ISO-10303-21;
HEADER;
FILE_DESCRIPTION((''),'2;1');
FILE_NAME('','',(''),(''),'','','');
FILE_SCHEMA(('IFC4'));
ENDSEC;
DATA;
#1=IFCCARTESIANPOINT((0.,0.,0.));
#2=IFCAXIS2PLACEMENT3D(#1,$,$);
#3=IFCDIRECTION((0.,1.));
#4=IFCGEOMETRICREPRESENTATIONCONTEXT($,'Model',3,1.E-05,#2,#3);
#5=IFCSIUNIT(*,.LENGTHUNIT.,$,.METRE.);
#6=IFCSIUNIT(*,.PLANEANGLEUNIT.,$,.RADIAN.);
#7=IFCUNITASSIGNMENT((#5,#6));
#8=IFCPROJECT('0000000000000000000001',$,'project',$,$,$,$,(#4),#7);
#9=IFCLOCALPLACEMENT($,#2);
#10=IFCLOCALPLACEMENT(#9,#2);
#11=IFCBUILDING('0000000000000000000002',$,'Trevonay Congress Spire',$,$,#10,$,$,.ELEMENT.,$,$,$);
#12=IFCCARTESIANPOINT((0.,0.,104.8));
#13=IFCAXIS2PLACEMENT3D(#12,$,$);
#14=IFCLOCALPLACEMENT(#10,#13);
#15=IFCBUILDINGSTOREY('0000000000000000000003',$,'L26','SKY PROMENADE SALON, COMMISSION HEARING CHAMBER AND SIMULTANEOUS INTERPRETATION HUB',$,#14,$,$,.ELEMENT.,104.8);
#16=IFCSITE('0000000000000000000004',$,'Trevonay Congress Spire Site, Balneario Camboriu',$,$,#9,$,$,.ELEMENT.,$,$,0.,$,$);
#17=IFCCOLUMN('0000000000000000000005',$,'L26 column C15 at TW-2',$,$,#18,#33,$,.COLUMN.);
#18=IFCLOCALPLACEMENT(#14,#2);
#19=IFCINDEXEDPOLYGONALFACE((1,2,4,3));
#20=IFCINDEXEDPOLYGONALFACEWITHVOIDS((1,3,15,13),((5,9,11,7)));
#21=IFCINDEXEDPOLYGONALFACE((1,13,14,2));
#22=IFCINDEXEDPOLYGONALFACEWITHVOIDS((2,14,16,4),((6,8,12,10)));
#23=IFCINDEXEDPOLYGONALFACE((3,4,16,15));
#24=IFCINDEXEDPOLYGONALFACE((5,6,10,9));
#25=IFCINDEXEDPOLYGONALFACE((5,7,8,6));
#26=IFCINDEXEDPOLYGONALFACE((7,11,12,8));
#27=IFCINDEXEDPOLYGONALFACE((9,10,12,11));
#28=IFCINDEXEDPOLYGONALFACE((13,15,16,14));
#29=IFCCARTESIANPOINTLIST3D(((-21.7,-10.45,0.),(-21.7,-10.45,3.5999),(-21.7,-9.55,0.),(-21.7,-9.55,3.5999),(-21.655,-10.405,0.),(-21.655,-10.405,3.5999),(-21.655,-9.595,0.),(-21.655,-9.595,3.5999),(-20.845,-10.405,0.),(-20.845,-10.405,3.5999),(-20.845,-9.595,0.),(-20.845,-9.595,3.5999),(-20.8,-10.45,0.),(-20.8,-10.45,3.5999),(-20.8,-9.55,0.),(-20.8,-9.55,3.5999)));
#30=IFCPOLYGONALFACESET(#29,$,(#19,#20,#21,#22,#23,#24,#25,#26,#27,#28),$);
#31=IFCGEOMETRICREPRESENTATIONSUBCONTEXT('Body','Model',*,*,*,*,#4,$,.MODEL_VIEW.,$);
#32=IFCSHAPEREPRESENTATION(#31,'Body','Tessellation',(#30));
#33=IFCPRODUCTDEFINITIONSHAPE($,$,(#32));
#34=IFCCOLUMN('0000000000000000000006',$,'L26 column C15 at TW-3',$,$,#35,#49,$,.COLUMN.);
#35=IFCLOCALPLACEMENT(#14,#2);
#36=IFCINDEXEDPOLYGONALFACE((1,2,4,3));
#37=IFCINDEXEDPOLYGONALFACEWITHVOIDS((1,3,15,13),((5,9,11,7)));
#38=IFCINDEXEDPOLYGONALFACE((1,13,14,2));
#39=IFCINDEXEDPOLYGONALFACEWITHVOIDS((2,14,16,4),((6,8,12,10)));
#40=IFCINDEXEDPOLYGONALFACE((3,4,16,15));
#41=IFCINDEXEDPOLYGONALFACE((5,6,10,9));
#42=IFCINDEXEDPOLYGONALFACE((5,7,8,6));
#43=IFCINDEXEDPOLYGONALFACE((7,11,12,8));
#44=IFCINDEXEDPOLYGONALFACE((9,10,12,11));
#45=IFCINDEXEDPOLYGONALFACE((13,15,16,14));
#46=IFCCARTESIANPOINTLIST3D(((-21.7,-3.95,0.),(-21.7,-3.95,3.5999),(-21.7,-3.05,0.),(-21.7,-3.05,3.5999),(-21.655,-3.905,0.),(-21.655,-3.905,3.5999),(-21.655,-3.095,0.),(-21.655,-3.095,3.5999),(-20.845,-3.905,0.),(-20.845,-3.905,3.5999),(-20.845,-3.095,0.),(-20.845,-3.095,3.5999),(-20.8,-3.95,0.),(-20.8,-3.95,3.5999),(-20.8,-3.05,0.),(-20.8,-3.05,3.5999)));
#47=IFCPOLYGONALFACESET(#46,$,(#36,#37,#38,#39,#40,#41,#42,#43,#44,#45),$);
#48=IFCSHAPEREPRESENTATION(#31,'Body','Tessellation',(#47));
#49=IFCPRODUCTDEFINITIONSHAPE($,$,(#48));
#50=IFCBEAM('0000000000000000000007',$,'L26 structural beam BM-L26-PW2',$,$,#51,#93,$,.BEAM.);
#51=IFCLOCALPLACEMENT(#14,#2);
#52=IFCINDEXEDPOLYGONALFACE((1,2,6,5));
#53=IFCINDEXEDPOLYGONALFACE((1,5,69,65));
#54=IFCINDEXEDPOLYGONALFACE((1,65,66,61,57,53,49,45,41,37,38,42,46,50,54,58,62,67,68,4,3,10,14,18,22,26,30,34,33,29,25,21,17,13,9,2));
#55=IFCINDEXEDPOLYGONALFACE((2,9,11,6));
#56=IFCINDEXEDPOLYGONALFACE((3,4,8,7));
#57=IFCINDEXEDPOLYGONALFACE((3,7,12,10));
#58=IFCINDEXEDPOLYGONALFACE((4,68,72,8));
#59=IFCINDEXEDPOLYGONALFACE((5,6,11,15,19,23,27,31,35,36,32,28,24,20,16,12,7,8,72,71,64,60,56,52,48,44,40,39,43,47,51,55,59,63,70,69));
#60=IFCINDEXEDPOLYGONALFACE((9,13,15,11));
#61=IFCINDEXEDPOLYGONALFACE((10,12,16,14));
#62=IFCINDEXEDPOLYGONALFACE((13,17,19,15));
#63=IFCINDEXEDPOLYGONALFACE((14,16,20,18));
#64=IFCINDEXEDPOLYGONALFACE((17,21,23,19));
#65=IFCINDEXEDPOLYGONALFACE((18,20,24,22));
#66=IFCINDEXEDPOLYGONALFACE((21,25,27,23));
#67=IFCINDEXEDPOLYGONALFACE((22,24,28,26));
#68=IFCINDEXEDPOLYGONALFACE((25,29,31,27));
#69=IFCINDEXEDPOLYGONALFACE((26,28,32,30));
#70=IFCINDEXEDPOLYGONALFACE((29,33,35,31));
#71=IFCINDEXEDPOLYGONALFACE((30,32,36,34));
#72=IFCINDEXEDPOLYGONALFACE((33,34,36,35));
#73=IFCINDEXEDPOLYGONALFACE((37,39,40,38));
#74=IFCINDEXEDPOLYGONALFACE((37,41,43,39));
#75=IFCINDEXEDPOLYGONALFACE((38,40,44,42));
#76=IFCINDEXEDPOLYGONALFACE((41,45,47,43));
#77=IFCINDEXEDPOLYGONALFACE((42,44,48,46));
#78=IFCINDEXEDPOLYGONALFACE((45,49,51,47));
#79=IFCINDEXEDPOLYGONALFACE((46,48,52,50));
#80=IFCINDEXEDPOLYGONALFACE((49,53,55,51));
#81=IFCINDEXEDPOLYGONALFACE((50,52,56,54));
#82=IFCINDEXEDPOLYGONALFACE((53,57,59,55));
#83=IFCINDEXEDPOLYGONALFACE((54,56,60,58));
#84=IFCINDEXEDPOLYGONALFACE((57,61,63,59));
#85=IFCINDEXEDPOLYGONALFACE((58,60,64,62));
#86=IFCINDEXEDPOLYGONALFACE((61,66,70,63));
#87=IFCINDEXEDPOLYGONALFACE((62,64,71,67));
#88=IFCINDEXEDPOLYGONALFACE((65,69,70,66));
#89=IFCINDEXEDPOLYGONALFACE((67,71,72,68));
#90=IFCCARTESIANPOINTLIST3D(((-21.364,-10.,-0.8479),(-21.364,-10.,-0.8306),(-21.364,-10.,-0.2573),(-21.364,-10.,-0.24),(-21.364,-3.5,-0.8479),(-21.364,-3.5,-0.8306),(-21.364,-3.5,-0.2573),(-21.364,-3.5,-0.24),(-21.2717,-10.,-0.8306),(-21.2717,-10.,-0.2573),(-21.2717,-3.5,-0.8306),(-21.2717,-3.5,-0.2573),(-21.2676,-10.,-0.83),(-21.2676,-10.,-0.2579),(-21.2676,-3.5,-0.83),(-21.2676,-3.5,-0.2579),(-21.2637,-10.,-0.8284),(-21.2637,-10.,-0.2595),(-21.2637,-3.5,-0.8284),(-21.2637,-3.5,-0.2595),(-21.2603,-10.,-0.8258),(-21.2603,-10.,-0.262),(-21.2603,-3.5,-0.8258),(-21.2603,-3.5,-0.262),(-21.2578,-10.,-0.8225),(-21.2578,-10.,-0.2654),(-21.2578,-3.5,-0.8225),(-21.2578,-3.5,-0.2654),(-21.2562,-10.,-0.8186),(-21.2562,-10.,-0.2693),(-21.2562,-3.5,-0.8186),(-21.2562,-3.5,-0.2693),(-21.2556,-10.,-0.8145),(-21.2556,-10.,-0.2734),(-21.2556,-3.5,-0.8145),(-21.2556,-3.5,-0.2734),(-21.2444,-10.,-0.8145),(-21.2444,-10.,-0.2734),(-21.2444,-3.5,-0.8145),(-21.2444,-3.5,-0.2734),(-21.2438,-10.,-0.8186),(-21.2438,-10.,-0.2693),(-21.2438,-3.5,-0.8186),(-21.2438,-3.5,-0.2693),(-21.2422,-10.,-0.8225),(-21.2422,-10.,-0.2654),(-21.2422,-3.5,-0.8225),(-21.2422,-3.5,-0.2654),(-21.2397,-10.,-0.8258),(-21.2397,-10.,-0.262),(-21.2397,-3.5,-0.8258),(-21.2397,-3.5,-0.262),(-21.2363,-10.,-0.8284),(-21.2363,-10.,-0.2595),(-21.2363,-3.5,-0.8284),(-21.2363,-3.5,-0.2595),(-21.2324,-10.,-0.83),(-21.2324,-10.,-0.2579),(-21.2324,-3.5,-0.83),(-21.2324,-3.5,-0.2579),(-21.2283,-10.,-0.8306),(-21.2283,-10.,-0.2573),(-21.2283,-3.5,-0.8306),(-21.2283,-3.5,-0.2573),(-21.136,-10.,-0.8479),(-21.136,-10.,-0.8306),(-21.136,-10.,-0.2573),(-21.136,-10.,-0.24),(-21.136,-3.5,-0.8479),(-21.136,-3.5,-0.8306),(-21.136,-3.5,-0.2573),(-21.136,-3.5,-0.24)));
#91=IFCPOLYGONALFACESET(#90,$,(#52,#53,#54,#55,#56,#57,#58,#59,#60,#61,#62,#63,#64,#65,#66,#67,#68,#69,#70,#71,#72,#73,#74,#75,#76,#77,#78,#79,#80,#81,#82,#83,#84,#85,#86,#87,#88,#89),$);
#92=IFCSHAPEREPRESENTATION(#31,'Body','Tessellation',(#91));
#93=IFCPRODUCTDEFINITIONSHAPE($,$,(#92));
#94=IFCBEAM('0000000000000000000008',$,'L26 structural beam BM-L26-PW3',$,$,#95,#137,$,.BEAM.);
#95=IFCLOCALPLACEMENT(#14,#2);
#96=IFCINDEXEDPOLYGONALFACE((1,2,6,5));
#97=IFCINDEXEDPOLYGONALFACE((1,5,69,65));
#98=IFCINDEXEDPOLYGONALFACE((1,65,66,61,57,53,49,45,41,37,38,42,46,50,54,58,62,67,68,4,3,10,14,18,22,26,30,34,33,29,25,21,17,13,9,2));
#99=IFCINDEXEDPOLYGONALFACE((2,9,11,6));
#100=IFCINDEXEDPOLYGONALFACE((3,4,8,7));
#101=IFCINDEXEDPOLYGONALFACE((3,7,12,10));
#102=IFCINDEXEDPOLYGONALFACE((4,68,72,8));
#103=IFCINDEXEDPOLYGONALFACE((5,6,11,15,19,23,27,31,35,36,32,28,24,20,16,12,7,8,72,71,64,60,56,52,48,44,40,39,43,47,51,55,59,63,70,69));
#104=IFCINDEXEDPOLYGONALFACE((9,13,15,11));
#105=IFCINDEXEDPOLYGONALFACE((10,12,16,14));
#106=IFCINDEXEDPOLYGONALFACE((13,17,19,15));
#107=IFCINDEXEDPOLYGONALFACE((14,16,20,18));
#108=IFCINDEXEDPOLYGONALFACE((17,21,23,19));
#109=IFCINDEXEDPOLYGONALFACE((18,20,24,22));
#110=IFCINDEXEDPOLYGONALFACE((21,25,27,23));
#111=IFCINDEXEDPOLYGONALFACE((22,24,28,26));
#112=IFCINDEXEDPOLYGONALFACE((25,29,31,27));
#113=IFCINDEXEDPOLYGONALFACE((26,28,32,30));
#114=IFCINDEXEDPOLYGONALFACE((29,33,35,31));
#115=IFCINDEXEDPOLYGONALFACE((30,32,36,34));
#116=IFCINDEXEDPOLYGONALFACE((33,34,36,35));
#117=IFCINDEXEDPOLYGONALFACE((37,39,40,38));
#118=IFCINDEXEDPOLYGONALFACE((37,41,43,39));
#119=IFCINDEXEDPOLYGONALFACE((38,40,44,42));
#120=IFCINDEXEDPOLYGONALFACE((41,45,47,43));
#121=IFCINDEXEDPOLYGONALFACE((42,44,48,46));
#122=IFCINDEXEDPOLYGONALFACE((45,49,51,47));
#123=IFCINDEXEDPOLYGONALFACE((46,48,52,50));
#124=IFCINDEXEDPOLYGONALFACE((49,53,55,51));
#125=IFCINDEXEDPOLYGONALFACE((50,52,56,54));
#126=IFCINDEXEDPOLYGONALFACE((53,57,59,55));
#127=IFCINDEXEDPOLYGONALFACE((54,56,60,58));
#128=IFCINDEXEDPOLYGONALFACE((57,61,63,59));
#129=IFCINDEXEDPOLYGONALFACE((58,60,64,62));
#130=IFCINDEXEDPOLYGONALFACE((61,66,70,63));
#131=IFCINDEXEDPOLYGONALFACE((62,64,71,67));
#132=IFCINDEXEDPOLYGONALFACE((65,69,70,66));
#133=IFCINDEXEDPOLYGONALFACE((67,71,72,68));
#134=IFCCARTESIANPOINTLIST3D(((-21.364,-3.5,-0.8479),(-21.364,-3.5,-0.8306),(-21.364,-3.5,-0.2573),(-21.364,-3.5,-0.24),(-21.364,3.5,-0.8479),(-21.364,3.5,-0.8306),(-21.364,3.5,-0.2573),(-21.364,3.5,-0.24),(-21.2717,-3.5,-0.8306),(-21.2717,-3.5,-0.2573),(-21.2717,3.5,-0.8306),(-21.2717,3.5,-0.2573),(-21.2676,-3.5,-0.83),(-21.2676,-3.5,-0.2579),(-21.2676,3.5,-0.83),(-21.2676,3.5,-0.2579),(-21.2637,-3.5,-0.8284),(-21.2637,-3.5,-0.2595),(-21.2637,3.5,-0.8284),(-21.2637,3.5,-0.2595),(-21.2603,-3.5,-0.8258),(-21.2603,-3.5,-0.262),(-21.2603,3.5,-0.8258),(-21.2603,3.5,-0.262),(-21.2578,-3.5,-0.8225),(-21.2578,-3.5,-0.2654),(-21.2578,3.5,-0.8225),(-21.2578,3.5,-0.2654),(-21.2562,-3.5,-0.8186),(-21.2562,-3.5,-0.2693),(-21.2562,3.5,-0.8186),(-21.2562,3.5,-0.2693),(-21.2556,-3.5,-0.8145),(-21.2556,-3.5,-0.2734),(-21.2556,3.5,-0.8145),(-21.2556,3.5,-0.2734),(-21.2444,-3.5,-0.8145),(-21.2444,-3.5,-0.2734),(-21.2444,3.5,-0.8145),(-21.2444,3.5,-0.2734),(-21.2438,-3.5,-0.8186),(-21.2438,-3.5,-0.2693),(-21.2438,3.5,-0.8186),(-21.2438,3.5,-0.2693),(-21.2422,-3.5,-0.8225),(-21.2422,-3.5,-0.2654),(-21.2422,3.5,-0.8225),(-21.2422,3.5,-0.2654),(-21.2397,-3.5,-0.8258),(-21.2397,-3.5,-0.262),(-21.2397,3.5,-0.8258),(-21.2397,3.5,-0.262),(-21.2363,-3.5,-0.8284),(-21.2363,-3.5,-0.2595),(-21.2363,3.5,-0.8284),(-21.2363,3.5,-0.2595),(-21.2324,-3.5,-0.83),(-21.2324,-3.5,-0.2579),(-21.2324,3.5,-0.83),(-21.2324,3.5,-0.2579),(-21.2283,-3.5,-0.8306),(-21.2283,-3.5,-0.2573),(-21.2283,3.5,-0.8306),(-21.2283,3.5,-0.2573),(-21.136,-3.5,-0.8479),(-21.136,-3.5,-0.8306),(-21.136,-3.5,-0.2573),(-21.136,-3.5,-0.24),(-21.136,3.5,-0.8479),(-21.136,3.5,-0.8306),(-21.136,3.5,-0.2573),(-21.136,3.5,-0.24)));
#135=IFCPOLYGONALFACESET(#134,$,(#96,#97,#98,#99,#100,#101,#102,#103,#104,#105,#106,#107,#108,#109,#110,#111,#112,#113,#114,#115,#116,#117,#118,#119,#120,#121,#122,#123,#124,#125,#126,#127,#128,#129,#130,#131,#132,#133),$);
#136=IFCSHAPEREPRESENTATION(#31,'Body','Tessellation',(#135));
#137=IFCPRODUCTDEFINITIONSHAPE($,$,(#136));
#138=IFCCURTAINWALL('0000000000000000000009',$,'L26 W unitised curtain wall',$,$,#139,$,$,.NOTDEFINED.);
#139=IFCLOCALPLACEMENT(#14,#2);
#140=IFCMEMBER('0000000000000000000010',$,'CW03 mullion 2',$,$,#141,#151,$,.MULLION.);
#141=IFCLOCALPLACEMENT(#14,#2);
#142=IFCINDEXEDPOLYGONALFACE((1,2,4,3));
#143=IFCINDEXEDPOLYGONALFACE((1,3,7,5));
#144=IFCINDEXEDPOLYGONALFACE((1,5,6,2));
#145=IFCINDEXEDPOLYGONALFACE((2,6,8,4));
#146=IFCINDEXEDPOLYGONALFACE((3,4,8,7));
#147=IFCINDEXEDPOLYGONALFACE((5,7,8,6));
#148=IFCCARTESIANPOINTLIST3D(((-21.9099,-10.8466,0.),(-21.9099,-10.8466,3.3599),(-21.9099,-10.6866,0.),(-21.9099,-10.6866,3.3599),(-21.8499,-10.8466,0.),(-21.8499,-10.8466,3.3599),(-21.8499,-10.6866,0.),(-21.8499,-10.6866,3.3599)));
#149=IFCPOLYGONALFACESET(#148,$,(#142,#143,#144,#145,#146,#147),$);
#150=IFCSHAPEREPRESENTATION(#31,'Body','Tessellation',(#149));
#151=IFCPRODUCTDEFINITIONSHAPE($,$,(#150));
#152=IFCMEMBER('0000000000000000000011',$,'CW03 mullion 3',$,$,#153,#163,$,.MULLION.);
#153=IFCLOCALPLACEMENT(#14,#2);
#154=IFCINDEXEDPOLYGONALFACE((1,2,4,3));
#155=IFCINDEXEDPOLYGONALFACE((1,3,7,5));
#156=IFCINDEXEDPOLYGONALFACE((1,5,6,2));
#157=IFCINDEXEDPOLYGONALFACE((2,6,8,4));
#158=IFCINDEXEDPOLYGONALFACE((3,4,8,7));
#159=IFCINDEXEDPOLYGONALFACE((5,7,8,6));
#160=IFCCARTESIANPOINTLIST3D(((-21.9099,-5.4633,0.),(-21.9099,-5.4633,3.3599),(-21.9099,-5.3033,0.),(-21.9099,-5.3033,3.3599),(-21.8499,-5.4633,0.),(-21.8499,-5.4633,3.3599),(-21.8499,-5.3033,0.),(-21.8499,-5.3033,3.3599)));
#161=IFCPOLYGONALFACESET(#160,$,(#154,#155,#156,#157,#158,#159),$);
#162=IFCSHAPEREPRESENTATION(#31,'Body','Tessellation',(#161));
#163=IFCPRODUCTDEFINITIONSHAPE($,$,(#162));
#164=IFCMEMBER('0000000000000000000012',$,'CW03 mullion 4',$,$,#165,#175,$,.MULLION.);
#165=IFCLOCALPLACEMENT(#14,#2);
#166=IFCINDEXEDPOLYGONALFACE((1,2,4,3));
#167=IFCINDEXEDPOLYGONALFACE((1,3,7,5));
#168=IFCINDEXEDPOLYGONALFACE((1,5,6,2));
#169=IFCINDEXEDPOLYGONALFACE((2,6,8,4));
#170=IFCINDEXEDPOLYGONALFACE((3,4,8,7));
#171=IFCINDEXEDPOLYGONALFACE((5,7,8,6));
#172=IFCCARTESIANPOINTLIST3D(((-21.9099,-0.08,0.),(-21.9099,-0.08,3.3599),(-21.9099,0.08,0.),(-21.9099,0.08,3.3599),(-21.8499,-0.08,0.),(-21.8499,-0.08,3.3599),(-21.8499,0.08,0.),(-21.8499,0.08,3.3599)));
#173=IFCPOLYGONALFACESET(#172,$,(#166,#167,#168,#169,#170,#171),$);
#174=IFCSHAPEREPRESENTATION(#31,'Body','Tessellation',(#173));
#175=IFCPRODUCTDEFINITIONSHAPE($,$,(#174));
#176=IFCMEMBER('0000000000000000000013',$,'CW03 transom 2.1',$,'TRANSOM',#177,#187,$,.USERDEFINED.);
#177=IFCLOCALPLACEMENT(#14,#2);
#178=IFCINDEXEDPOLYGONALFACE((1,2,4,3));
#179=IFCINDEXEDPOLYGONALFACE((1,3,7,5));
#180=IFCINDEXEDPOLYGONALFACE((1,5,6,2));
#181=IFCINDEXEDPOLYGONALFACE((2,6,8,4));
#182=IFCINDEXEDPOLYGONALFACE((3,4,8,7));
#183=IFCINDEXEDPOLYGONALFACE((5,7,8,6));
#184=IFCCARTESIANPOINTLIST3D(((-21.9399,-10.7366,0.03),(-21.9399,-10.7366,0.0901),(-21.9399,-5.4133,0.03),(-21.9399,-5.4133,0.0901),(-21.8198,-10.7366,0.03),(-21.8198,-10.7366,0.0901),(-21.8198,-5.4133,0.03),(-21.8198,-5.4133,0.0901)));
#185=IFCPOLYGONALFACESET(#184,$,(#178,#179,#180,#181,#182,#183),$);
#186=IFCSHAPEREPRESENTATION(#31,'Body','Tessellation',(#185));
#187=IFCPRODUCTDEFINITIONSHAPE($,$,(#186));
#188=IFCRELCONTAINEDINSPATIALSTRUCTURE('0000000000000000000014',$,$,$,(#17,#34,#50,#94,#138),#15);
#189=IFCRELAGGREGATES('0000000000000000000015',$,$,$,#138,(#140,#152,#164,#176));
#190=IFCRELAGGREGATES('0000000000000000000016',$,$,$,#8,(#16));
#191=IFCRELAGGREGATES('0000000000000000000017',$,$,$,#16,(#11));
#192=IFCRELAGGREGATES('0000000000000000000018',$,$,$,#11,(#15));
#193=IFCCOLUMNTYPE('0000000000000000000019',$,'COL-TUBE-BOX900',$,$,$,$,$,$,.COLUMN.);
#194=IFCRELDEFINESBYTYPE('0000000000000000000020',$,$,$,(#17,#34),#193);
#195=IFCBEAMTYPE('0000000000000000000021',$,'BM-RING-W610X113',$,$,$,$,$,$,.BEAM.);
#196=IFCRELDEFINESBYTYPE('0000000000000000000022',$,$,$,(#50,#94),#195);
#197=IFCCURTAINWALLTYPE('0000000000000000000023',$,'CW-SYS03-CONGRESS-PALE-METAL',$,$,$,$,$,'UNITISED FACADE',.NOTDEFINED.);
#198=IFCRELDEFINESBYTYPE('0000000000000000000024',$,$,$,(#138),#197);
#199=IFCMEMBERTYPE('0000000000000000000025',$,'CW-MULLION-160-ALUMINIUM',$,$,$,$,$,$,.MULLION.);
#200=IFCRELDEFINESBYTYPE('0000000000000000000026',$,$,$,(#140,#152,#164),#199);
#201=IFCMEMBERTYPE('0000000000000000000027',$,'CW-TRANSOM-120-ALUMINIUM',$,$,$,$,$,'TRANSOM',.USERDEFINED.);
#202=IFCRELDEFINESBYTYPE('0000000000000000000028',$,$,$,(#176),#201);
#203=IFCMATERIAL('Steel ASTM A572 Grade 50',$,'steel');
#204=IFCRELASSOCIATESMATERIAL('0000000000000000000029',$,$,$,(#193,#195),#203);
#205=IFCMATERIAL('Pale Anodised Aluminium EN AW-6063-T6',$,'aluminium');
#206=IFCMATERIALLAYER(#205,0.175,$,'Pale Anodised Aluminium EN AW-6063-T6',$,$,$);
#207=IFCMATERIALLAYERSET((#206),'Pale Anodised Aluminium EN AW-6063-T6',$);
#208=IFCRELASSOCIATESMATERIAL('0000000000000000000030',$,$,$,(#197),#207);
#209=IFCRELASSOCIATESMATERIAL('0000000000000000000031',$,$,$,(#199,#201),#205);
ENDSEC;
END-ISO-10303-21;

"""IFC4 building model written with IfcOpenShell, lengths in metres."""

from ifc_helpers import new_model, si_unit, direction, frame, origin, origin_2d, place, context, subcontext, project, spatial, rectangle, hollow_rectangle, i_section, extrude, material, layer, layer_set, material_profile, profile_set, type_object, element, aggregate, save


model = new_model("IFC4")

# Units and contexts
model_context = context("Model", 3, precision=1e-05, world=origin(), true_north=direction((0.0, 1.0)))
body_context = subcontext(model_context, "Body", "Model", "MODEL_VIEW")
ifc_project = project(units=[si_unit("LENGTHUNIT", "METRE"), si_unit("PLANEANGLEUNIT", "RADIAN")], contexts=[model_context])

# Site, building, storey
site_placement = place(None, origin())
site = spatial("IfcSite", under=ifc_project, at=site_placement, Name="Trevonay Congress Spire Site, Balneario Camboriu", CompositionType="ELEMENT", RefElevation=0.0)
building_placement = place(site_placement, origin())
building = spatial("IfcBuilding", under=site, at=building_placement, Name="Trevonay Congress Spire", CompositionType="ELEMENT")
storey_placement = place(building_placement, frame((0.0, 0.0, 104.8)))
storey = spatial("IfcBuildingStorey", under=building, at=storey_placement, Name="L26", Description="SKY PROMENADE SALON, COMMISSION HEARING CHAMBER AND SIMULTANEOUS INTERPRETATION HUB", CompositionType="ELEMENT", Elevation=104.8)

# Columns
ifc_material_1 = material(Name="Steel ASTM A572 Grade 50", Category="steel")
ifc_material_profile_1 = material_profile(ifc_material_1, hollow_rectangle(XDim=0.8999, YDim=0.8999, WallThickness=0.0449, at=origin_2d()), Name="BOX 900x900x45")
ifc_profile_set_1 = profile_set([ifc_material_profile_1], Name="Steel ASTM A572 Grade 50")
column_type = type_object("IfcColumnType", Name="COL-TUBE-BOX900", PredefinedType="COLUMN", material=ifc_profile_set_1)
for number, where, z_axis, x_axis, name in (
    (1, (-21.25, -10.0, 0.0), (0.0, 0.0, 1.0), (1.0, 0.0, 0.0), "L26 column C15 at TW-2"),
    (2, (-21.25, -3.5, 0.0), (0.0, 0.0, 1.0), (1.0, 0.0, 0.0), "L26 column C15 at TW-3"),
):
    element("IfcColumn", number, at=place(storey_placement, frame(where, z_axis=z_axis, x_axis=x_axis)), inside=storey, type_object=column_type, Name=name, PredefinedType="COLUMN", context=body_context, shape_type="SweptSolid", body=[
        extrude(hollow_rectangle(XDim=0.8999, YDim=0.8999, WallThickness=0.0449, at=origin_2d()), origin(), (0.0, 0.0, 1.0), 3.5999),
    ])

# Beams
ifc_material_profile_2 = material_profile(ifc_material_1, i_section(OverallWidth=0.228, OverallDepth=0.6079, WebThickness=0.0112, FlangeThickness=0.0173, FilletRadius=0.0161, at=origin_2d()), Name="W610x113")
ifc_profile_set_2 = profile_set([ifc_material_profile_2], Name="Steel ASTM A572 Grade 50")
beam_type = type_object("IfcBeamType", Name="BM-RING-W610X113", PredefinedType="BEAM", material=ifc_profile_set_2)
beam_1_placement = place(storey_placement, frame((-21.25, -10.0, -0.5439), z_axis=(0.0, 1.0, 0.0), x_axis=(-1.0, 0.0, 0.0)))
element("IfcBeam", 3, at=beam_1_placement, inside=storey, type_object=beam_type, Name="L26 structural beam BM-L26-PW2", PredefinedType="BEAM", context=body_context, shape_type="SweptSolid", body=[
    extrude(i_section(OverallWidth=0.228, OverallDepth=0.6079, WebThickness=0.0112, FlangeThickness=0.0173, FilletRadius=0.0161, at=origin_2d()), origin(), (0.0, 0.0, 1.0), 6.5),
])
beam_2_placement = place(storey_placement, frame((-21.25, -3.5, -0.5439), z_axis=(0.0, 1.0, 0.0), x_axis=(-1.0, 0.0, 0.0)))
element("IfcBeam", 4, at=beam_2_placement, inside=storey, type_object=beam_type, Name="L26 structural beam BM-L26-PW3", PredefinedType="BEAM", context=body_context, shape_type="SweptSolid", body=[
    extrude(i_section(OverallWidth=0.228, OverallDepth=0.6079, WebThickness=0.0112, FlangeThickness=0.0173, FilletRadius=0.0161, at=origin_2d()), origin(), (0.0, 0.0, 1.0), 7.0),
])

# Curtain wall, members
ifc_material_2 = material(Name="Pale Anodised Aluminium EN AW-6063-T6", Category="aluminium")
ifc_layer_1 = layer(ifc_material_2, 0.175, Name="Pale Anodised Aluminium EN AW-6063-T6")
ifc_layer_set_1 = layer_set([ifc_layer_1], Name="Pale Anodised Aluminium EN AW-6063-T6")
curtain_wall_type = type_object("IfcCurtainWallType", Name="CW-SYS03-CONGRESS-PALE-METAL", ElementType="UNITISED FACADE", PredefinedType="NOTDEFINED", material=ifc_layer_set_1)
curtain_wall_placement = place(storey_placement, origin())
curtain_wall = element("IfcCurtainWall", 5, at=curtain_wall_placement, inside=storey, type_object=curtain_wall_type, Name="L26 W unitised curtain wall", PredefinedType="NOTDEFINED")
ifc_material_profile_3 = material_profile(ifc_material_2, rectangle(XDim=0.0601, YDim=0.1599, at=origin_2d()), Name="CW-MULLION-160-ALUMINIUM")
ifc_profile_set_3 = profile_set([ifc_material_profile_3], Name="Pale Anodised Aluminium EN AW-6063-T6")
member_type_1 = type_object("IfcMemberType", Name="CW-MULLION-160-ALUMINIUM", PredefinedType="MULLION", material=ifc_profile_set_3)
member_1_placement = place(storey_placement, frame((-21.8799, -10.7666, 0.0), z_axis=(0.0, 0.0, 1.0), x_axis=(-1.0, 0.0, 0.0)))
member_1 = element("IfcMember", 6, at=member_1_placement, type_object=member_type_1, Name="CW03 mullion 2", PredefinedType="MULLION", context=body_context, shape_type="SweptSolid", body=[
    extrude(rectangle(XDim=0.0601, YDim=0.1599, at=origin_2d()), origin(), (0.0, 0.0, 1.0), 3.3599),
])
member_2_placement = place(storey_placement, frame((-21.8799, -5.3833, 0.0), z_axis=(0.0, 0.0, 1.0), x_axis=(-1.0, 0.0, 0.0)))
member_2 = element("IfcMember", 7, at=member_2_placement, type_object=member_type_1, Name="CW03 mullion 3", PredefinedType="MULLION", context=body_context, shape_type="SweptSolid", body=[
    extrude(rectangle(XDim=0.0601, YDim=0.1599, at=origin_2d()), origin(), (0.0, 0.0, 1.0), 3.3599),
])
member_3_placement = place(storey_placement, frame((-21.8799, 0.0, 0.0), z_axis=(0.0, 0.0, 1.0), x_axis=(-1.0, 0.0, 0.0)))
member_3 = element("IfcMember", 8, at=member_3_placement, type_object=member_type_1, Name="CW03 mullion 4", PredefinedType="MULLION", context=body_context, shape_type="SweptSolid", body=[
    extrude(rectangle(XDim=0.0601, YDim=0.1599, at=origin_2d()), origin(), (0.0, 0.0, 1.0), 3.3599),
])
ifc_material_profile_4 = material_profile(ifc_material_2, rectangle(XDim=0.1201, YDim=0.0601, at=origin_2d()), Name="CW-TRANSOM-120-ALUMINIUM")
ifc_profile_set_4 = profile_set([ifc_material_profile_4], Name="Pale Anodised Aluminium EN AW-6063-T6")
member_type_2 = type_object("IfcMemberType", Name="CW-TRANSOM-120-ALUMINIUM", ElementType="TRANSOM", PredefinedType="USERDEFINED", material=ifc_profile_set_4)
member_4_placement = place(storey_placement, frame((-21.8799, -10.7366, 0.0601), z_axis=(0.0, 1.0, 0.0), x_axis=(-1.0, 0.0, 0.0)))
member_4 = element("IfcMember", 9, at=member_4_placement, type_object=member_type_2, Name="CW03 transom 2.1", ObjectType="TRANSOM", PredefinedType="USERDEFINED", context=body_context, shape_type="SweptSolid", body=[
    extrude(rectangle(XDim=0.1201, YDim=0.0601, at=origin_2d()), origin(), (0.0, 0.0, 1.0), 5.3232),
])
aggregate(curtain_wall, [member_1, member_2, member_3, member_4])

save(model, "model.ifc")
